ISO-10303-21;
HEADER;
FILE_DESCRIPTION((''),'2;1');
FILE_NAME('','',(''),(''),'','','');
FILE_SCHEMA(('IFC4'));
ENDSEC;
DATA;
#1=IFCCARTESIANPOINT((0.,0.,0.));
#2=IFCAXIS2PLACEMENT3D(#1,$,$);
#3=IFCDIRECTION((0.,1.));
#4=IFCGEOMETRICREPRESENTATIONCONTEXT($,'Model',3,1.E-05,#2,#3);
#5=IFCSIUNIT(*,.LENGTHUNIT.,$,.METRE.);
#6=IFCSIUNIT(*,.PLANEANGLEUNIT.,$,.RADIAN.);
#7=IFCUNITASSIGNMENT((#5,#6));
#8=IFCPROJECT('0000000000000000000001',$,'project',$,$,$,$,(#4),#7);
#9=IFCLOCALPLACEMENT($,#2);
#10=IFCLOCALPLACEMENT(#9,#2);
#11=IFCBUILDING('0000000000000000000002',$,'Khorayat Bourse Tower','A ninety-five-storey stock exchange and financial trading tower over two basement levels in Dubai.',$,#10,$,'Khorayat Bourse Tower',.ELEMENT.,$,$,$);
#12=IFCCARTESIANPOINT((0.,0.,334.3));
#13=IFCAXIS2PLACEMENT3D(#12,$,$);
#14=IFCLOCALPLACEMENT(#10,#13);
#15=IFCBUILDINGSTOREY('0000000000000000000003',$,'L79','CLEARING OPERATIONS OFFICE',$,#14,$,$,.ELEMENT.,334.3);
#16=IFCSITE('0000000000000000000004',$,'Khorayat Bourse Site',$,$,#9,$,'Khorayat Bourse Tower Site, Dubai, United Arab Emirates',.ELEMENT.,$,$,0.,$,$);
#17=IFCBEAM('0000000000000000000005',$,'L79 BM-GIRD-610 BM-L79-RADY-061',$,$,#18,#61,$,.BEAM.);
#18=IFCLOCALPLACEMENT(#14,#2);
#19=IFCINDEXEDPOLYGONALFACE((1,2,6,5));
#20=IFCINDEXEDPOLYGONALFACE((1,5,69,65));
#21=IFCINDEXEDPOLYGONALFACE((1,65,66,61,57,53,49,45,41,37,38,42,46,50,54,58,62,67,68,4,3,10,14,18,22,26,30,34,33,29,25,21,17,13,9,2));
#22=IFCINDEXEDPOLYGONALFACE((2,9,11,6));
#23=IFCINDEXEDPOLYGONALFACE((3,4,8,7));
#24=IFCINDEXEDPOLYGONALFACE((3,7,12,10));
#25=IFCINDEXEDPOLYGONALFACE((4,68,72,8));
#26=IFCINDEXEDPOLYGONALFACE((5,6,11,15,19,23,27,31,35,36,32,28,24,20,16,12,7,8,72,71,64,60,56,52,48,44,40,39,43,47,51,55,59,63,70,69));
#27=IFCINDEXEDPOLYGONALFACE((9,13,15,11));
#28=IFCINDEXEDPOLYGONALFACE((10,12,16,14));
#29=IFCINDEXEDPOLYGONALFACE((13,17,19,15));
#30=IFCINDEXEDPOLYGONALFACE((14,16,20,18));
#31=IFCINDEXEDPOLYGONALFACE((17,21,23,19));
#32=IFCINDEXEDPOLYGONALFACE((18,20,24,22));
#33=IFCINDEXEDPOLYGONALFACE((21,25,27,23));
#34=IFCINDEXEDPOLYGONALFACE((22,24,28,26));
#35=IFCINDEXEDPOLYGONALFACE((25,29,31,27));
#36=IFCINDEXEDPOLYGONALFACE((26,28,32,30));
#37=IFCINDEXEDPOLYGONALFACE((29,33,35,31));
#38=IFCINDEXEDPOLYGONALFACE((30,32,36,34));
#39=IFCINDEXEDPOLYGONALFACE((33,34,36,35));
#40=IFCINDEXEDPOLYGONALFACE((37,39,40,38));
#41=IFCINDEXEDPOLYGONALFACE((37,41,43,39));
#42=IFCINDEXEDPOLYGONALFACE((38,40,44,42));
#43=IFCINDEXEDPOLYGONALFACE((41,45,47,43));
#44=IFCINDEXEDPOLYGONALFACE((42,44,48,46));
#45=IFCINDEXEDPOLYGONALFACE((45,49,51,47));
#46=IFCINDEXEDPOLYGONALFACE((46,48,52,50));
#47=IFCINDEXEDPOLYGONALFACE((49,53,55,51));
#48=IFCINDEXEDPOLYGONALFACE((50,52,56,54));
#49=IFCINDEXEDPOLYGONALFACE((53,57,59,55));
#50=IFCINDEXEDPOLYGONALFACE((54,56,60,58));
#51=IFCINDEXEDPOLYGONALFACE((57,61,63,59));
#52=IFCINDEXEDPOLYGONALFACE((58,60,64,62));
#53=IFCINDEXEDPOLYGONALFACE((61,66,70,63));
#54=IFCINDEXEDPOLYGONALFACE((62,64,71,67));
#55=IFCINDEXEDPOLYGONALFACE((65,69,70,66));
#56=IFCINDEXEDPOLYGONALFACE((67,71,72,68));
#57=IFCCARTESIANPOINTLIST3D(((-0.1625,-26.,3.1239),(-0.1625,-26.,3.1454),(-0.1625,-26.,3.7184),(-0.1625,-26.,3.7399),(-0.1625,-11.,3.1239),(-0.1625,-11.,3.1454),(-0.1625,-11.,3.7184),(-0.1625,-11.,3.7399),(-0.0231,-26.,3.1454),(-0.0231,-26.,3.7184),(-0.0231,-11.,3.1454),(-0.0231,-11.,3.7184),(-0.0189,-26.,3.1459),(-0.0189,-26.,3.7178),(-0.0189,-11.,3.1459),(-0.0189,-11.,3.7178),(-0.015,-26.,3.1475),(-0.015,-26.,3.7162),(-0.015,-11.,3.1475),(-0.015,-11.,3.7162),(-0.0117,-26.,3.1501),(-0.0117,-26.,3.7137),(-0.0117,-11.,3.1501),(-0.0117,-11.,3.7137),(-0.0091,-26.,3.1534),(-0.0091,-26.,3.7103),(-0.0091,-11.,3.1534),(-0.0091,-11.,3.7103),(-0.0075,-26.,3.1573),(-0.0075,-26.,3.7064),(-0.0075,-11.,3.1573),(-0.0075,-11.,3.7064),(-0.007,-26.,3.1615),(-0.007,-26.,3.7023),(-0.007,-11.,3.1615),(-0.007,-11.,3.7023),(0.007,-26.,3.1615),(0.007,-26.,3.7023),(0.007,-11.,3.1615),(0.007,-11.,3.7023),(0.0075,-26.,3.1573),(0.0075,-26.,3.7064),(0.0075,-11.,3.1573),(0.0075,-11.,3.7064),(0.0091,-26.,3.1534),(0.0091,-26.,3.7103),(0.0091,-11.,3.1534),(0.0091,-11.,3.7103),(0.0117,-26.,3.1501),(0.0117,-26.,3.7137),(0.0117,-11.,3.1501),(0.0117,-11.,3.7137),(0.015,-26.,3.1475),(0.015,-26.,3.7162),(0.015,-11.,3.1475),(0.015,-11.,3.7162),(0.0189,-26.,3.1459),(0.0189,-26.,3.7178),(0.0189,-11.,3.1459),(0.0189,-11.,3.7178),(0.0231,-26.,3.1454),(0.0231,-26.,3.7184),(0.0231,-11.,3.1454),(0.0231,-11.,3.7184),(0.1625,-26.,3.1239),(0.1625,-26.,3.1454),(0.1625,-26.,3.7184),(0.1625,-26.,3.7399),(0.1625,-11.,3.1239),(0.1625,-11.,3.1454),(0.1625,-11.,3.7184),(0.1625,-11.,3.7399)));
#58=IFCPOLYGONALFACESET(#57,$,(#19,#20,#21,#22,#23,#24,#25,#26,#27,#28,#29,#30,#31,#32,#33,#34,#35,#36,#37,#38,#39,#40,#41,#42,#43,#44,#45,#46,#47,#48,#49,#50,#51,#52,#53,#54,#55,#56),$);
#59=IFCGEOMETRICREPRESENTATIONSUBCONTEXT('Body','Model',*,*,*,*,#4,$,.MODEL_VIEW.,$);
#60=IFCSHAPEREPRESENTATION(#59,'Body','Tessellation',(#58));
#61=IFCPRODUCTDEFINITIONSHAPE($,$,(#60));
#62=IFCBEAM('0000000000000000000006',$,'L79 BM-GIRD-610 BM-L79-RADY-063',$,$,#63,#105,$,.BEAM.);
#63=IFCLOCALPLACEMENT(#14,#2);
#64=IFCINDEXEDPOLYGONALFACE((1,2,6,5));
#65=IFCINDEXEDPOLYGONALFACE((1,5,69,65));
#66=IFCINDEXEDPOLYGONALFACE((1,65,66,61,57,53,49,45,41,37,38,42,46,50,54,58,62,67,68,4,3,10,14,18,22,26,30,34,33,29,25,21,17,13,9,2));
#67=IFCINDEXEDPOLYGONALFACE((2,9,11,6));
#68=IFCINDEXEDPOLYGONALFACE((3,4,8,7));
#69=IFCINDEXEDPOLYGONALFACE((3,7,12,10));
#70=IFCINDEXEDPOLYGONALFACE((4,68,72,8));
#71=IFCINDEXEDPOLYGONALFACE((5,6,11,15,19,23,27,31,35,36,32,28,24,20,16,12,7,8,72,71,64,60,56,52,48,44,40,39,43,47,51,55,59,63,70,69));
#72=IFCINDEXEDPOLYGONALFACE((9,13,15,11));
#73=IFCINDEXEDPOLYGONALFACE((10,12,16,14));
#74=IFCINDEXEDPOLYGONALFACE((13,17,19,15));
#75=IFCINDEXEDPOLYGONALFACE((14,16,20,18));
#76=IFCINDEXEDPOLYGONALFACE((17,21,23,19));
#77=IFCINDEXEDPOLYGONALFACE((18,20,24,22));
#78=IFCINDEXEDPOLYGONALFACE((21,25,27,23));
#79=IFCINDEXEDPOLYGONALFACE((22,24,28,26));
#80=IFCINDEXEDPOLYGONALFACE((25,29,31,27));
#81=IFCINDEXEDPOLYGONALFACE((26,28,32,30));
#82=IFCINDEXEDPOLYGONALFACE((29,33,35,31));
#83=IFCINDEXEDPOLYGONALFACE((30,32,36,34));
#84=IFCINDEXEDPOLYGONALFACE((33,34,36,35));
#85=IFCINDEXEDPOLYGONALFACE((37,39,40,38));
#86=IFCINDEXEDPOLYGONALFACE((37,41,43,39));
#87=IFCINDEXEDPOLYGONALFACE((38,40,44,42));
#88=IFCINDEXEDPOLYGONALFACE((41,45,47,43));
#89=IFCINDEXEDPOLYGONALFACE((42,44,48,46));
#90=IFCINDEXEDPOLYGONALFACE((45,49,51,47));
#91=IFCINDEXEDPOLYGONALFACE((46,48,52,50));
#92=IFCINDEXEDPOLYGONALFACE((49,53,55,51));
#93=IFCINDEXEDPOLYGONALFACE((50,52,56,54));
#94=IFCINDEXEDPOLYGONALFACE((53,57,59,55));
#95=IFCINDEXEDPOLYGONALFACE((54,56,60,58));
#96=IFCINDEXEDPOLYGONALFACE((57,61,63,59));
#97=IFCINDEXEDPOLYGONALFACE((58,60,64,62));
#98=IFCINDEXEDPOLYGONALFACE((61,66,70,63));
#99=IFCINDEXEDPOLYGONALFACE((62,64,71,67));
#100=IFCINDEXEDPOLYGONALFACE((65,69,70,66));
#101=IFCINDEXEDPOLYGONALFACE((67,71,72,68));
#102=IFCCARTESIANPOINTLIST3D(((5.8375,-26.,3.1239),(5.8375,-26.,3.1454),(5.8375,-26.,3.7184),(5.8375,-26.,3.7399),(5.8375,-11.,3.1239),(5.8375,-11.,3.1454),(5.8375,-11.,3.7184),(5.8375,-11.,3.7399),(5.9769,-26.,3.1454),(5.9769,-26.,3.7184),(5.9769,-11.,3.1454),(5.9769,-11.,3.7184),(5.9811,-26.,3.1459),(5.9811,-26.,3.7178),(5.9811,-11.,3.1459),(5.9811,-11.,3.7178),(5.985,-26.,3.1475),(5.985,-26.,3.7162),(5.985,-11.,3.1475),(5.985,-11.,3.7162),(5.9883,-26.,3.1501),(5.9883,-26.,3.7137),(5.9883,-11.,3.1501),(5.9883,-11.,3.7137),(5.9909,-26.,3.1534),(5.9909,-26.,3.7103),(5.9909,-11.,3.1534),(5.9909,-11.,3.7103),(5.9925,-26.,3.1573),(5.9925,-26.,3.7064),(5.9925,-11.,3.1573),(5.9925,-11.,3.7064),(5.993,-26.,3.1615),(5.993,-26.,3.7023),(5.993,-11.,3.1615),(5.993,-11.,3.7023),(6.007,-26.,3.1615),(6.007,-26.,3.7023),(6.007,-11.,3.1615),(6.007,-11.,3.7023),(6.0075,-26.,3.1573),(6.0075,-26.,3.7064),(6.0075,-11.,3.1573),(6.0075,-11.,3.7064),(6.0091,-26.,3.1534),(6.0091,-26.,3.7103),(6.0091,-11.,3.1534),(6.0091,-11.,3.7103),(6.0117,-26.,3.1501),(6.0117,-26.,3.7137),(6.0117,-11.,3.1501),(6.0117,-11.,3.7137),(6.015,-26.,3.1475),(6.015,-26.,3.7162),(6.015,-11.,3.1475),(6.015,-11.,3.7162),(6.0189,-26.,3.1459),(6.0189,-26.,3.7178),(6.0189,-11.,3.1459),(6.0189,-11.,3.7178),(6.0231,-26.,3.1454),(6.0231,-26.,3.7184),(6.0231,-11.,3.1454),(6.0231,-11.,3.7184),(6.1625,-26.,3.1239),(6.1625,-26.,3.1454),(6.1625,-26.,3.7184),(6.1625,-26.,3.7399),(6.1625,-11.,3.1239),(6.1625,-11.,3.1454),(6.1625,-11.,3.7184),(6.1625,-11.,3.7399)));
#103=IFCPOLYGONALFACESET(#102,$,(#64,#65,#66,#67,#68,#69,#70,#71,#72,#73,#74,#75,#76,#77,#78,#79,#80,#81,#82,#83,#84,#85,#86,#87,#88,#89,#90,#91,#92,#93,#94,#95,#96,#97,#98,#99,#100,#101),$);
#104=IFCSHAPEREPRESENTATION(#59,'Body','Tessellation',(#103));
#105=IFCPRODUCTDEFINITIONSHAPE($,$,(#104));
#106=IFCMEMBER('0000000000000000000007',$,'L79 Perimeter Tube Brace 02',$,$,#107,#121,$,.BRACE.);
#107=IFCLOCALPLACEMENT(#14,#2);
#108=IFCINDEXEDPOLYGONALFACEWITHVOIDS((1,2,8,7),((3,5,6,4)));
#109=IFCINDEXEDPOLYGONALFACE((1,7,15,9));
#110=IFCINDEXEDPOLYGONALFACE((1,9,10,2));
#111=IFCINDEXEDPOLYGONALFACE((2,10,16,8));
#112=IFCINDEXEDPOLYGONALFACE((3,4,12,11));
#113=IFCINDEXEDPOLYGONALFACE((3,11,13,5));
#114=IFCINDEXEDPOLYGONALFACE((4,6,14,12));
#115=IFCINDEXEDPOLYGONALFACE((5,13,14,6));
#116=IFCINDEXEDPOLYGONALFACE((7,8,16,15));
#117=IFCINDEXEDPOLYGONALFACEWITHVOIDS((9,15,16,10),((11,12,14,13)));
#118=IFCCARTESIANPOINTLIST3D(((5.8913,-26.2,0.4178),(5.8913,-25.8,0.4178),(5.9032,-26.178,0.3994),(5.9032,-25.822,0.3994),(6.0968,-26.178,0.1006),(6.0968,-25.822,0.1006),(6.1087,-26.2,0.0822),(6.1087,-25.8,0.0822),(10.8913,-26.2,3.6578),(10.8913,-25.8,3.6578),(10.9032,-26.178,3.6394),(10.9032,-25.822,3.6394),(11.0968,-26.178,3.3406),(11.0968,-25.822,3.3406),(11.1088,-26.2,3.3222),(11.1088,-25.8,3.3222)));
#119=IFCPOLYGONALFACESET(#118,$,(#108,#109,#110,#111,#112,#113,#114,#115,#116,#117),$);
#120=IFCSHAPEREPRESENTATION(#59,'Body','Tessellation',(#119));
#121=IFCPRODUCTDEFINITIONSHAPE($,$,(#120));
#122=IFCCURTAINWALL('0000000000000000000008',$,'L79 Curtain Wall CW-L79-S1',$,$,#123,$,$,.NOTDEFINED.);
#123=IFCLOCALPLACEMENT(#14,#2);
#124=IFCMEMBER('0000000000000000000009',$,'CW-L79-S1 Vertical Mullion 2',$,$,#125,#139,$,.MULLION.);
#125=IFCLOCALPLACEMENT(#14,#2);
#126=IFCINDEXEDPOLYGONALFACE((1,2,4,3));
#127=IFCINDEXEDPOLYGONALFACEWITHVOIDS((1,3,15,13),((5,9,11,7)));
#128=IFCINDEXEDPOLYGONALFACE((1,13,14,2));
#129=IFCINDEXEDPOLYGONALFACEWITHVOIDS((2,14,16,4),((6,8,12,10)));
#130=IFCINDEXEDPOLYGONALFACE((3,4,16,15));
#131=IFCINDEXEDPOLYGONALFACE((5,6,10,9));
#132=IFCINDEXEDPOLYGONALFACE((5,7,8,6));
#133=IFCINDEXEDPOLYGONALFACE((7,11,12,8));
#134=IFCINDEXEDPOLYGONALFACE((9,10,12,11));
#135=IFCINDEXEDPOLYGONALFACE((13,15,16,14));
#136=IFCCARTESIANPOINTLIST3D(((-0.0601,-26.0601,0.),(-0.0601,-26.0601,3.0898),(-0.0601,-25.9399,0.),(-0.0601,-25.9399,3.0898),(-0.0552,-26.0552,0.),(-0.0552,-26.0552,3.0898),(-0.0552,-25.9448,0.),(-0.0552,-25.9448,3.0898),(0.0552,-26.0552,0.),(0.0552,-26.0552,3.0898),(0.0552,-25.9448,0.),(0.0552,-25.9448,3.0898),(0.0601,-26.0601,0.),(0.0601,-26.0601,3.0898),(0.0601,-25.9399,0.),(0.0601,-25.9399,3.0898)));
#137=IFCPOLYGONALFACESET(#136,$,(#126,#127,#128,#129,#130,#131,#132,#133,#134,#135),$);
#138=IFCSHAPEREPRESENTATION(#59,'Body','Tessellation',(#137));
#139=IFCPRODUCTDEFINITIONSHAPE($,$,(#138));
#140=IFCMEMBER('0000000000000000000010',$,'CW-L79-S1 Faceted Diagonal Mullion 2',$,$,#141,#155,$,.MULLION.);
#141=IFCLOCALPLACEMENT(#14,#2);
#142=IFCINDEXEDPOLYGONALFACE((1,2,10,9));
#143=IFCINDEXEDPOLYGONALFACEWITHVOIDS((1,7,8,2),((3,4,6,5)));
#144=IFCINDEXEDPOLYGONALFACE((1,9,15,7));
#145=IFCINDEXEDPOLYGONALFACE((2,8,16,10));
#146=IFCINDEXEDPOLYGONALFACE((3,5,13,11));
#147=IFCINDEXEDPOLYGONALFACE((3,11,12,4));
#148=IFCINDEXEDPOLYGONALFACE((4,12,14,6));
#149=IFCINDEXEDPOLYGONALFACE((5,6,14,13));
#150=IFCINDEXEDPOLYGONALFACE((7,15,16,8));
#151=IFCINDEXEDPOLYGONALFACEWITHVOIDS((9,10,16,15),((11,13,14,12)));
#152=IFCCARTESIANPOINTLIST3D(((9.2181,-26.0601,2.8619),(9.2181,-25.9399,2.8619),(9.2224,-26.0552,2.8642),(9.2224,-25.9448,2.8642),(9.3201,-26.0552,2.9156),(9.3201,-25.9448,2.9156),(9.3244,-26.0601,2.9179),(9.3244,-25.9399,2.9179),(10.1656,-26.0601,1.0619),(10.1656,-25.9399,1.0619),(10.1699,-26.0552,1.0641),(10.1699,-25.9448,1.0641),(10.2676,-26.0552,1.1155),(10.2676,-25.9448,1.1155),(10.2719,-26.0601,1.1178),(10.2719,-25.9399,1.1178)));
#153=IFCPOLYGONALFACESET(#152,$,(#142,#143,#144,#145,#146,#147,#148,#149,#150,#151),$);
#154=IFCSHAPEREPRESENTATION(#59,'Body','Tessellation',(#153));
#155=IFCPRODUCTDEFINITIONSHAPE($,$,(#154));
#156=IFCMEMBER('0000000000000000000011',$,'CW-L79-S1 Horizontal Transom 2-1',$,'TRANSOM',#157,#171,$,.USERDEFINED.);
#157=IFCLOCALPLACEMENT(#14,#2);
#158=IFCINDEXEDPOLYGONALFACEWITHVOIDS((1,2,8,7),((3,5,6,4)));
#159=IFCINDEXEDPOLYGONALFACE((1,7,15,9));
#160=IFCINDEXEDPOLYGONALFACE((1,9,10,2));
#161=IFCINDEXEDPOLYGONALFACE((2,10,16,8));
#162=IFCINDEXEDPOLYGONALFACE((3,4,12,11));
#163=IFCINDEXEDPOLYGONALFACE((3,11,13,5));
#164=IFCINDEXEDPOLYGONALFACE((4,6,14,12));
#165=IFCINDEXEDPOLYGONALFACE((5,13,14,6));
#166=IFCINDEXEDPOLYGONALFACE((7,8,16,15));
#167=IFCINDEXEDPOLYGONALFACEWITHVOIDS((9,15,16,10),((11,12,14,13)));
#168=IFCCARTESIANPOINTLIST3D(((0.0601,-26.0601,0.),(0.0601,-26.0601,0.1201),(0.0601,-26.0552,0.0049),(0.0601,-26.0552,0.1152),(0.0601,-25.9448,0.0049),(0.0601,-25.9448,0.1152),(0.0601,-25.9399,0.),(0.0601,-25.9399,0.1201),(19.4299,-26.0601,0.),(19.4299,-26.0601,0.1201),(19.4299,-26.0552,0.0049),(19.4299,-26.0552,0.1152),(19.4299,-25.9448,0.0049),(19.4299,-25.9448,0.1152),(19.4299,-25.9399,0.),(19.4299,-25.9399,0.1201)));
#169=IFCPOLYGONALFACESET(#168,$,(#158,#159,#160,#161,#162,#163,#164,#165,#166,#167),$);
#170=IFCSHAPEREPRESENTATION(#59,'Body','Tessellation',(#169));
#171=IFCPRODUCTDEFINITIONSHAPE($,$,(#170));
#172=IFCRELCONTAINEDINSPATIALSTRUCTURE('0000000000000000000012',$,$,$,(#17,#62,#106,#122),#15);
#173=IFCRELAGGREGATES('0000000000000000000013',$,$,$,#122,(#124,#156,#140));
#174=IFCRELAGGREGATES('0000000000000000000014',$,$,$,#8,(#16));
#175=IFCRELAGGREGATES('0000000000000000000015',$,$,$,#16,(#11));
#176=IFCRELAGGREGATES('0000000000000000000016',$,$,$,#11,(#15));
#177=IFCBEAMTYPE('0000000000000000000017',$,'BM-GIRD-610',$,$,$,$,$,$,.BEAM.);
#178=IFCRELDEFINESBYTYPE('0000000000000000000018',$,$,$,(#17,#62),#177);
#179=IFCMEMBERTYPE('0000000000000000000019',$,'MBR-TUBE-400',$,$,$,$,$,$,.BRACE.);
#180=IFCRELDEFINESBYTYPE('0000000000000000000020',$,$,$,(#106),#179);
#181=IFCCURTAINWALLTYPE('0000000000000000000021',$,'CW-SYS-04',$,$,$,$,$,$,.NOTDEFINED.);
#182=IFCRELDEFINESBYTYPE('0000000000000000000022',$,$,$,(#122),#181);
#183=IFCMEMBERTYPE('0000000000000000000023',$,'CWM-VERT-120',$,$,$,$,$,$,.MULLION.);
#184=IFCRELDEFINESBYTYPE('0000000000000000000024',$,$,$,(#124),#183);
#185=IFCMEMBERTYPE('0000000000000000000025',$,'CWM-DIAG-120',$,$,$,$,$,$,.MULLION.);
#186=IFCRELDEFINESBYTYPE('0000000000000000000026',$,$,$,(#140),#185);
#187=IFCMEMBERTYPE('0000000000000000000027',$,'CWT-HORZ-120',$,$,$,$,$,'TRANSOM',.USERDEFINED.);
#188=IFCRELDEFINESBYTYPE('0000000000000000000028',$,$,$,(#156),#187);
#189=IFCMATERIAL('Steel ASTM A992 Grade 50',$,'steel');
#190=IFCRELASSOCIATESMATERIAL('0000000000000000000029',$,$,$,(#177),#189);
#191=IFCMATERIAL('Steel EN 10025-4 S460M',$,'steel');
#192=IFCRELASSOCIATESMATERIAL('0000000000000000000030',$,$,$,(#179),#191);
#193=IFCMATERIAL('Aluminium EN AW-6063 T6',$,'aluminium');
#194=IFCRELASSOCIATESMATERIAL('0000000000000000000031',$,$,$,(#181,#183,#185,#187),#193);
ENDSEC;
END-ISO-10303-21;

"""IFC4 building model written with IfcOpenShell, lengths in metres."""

from ifc_helpers import new_model, si_unit, direction, frame, origin, origin_2d, place, context, subcontext, project, spatial, hollow_rectangle, i_section, extrude, source, transform, mapped, material, material_profile, profile_set, type_object, element, aggregate, save


model = new_model("IFC4")

# Units and contexts
model_context = context("Model", 3, precision=1e-05, world=origin(), true_north=direction((0.0, 1.0)))
body_context = subcontext(model_context, "Body", "Model", "MODEL_VIEW")
ifc_project = project(units=[si_unit("LENGTHUNIT", "METRE"), si_unit("PLANEANGLEUNIT", "RADIAN")], contexts=[model_context])

# Site, building, storey
site_placement = place(None, origin())
site = spatial("IfcSite", under=ifc_project, at=site_placement, Name="Khorayat Bourse Site", LongName="Khorayat Bourse Tower Site, Dubai, United Arab Emirates", CompositionType="ELEMENT", RefElevation=0.0)
building_placement = place(site_placement, origin())
building = spatial("IfcBuilding", under=site, at=building_placement, Name="Khorayat Bourse Tower", Description="A ninety-five-storey stock exchange and financial trading tower over two basement levels in Dubai.", LongName="Khorayat Bourse Tower", CompositionType="ELEMENT")
storey_placement = place(building_placement, frame((0.0, 0.0, 334.3)))
storey = spatial("IfcBuildingStorey", under=building, at=storey_placement, Name="L79", Description="CLEARING OPERATIONS OFFICE", CompositionType="ELEMENT", Elevation=334.3)

# Beams
ifc_material_1 = material(Name="Steel ASTM A992 Grade 50", Category="steel")
ifc_material_profile_1 = material_profile(ifc_material_1, i_section(OverallWidth=0.325, OverallDepth=0.616, WebThickness=0.0139, FlangeThickness=0.0215, FilletRadius=0.0161, at=origin_2d()), Name="W610X174")
ifc_profile_set_1 = profile_set([ifc_material_profile_1], Name="Steel ASTM A992 Grade 50")
beam_type_1 = type_object("IfcBeamType", Name="BM-GIRD-610", PredefinedType="BEAM", material=ifc_profile_set_1)
shared_shape_1 = source(origin(), body_context, "Body", "SweptSolid", [
    extrude(i_section(OverallWidth=0.325, OverallDepth=0.616, WebThickness=0.0139, FlangeThickness=0.0215, FilletRadius=0.0161, at=origin_2d()), origin(), (0.0, 0.0, 1.0), 15.0),
])
for number, where, z_axis, x_axis, name in (
    (1, (0.0, -26.0, 3.4319), (0.0, 1.0, 0.0), (-1.0, 0.0, 0.0), "L79 BM-GIRD-610 BM-L79-RADY-061"),
    (2, (6.0, -26.0, 3.4319), (0.0, 1.0, 0.0), (-1.0, 0.0, 0.0), "L79 BM-GIRD-610 BM-L79-RADY-063"),
):
    element("IfcBeam", number, at=place(storey_placement, frame(where, z_axis=z_axis, x_axis=x_axis)), inside=storey, type_object=beam_type_1, Name=name, PredefinedType="BEAM", context=body_context, shape_type="MappedRepresentation", body=[
        mapped(shared_shape_1, transform((0.0, 0.0, 0.0), scale=1.0)),
    ])

# Member
ifc_material_2 = material(Name="Steel EN 10025-4 S460M", Category="steel")
ifc_material_profile_2 = material_profile(ifc_material_2, hollow_rectangle(XDim=0.3999, YDim=0.3999, WallThickness=0.022, at=origin_2d()), Name="HSS 400x400x22")
ifc_profile_set_2 = profile_set([ifc_material_profile_2], Name="Steel EN 10025-4 S460M")
member_type_1 = type_object("IfcMemberType", Name="MBR-TUBE-400", PredefinedType="BRACE", material=ifc_profile_set_2)
shared_shape_2 = source(origin(), body_context, "Body", "SweptSolid", [
    extrude(hollow_rectangle(XDim=0.3999, YDim=0.3999, WallThickness=0.022, at=origin_2d()), origin(), (0.0, 0.0, 1.0), 5.958),
])
member_1_placement = place(storey_placement, frame((6.0, -26.0, 0.25), z_axis=(0.83921, 0.0, 0.543807), x_axis=(0.0, 1.0, 0.0)))
element("IfcMember", 3, at=member_1_placement, inside=storey, type_object=member_type_1, Name="L79 Perimeter Tube Brace 02", PredefinedType="BRACE", context=body_context, shape_type="MappedRepresentation", body=[
    mapped(shared_shape_2, transform((0.0, 0.0, 0.0), scale=1.0)),
])

# Curtain wall, members
ifc_material_3 = material(Name="Aluminium EN AW-6063 T6", Category="aluminium")
curtain_wall_type = type_object("IfcCurtainWallType", Name="CW-SYS-04", PredefinedType="NOTDEFINED", material=ifc_material_3)
curtain_wall_placement = place(storey_placement, origin())
curtain_wall = element("IfcCurtainWall", 4, at=curtain_wall_placement, inside=storey, type_object=curtain_wall_type, Name="L79 Curtain Wall CW-L79-S1", PredefinedType="NOTDEFINED")
ifc_material_profile_3 = material_profile(ifc_material_3, hollow_rectangle(XDim=0.1201, YDim=0.1201, WallThickness=0.0049, at=origin_2d()), Name="ALU 120x120x5")
ifc_profile_set_3 = profile_set([ifc_material_profile_3], Name="Aluminium EN AW-6063 T6")
member_type_2 = type_object("IfcMemberType", Name="CWM-VERT-120", PredefinedType="MULLION", material=ifc_profile_set_3)
shared_shape_3 = source(origin(), body_context, "Body", "SweptSolid", [
    extrude(hollow_rectangle(XDim=0.1201, YDim=0.1201, WallThickness=0.0049, at=origin_2d()), origin(), (0.0, 0.0, 1.0), 3.0898),
])
member_2_placement = place(storey_placement, frame((0.0, -26.0, 0.0), z_axis=(0.0, 0.0, 1.0), x_axis=(0.0, 1.0, 0.0)))
member_2 = element("IfcMember", 5, at=member_2_placement, type_object=member_type_2, Name="CW-L79-S1 Vertical Mullion 2", PredefinedType="MULLION", context=body_context, shape_type="MappedRepresentation", body=[
    mapped(shared_shape_3, transform((0.0, 0.0, 0.0), scale=1.0)),
])
ifc_material_profile_4 = material_profile(ifc_material_3, hollow_rectangle(XDim=0.1201, YDim=0.1201, WallThickness=0.0049, at=origin_2d()), Name="ALU 120x120x5")
ifc_profile_set_4 = profile_set([ifc_material_profile_4], Name="Aluminium EN AW-6063 T6")
member_type_3 = type_object("IfcMemberType", Name="CWM-DIAG-120", PredefinedType="MULLION", material=ifc_profile_set_4)
shared_shape_4 = source(origin(), body_context, "Body", "SweptSolid", [
    extrude(hollow_rectangle(XDim=0.1201, YDim=0.1201, WallThickness=0.0049, at=origin_2d()), origin(), (0.0, 0.0, 1.0), 2.0342),
])
member_3_placement = place(storey_placement, frame((10.2188, -26.0, 1.0898), z_axis=(-0.465791, 0.0, 0.884895), x_axis=(0.0, -1.0, 0.0)))
member_3 = element("IfcMember", 6, at=member_3_placement, type_object=member_type_3, Name="CW-L79-S1 Faceted Diagonal Mullion 2", PredefinedType="MULLION", context=body_context, shape_type="MappedRepresentation", body=[
    mapped(shared_shape_4, transform((0.0, 0.0, 0.0), scale=1.0)),
])
ifc_material_profile_5 = material_profile(ifc_material_3, hollow_rectangle(XDim=0.1201, YDim=0.1201, WallThickness=0.0049, at=origin_2d()), Name="ALU 120x120x5")
ifc_profile_set_5 = profile_set([ifc_material_profile_5], Name="Aluminium EN AW-6063 T6")
member_type_4 = type_object("IfcMemberType", Name="CWT-HORZ-120", ElementType="TRANSOM", PredefinedType="USERDEFINED", material=ifc_profile_set_5)
shared_shape_5 = source(origin(), body_context, "Body", "SweptSolid", [
    extrude(hollow_rectangle(XDim=0.1201, YDim=0.1201, WallThickness=0.0049, at=origin_2d()), origin(), (0.0, 0.0, 1.0), 19.3699),
])
member_4_placement = place(storey_placement, frame((0.0601, -26.0, 0.0601), z_axis=(1.0, 0.0, 0.0), x_axis=(0.0, 1.0, 0.0)))
member_4 = element("IfcMember", 7, at=member_4_placement, type_object=member_type_4, Name="CW-L79-S1 Horizontal Transom 2-1", ObjectType="TRANSOM", PredefinedType="USERDEFINED", context=body_context, shape_type="MappedRepresentation", body=[
    mapped(shared_shape_5, transform((0.0, 0.0, 0.0), scale=1.0)),
])

aggregate(curtain_wall, [member_2, member_4, member_3])

save(model, "model.ifc")
